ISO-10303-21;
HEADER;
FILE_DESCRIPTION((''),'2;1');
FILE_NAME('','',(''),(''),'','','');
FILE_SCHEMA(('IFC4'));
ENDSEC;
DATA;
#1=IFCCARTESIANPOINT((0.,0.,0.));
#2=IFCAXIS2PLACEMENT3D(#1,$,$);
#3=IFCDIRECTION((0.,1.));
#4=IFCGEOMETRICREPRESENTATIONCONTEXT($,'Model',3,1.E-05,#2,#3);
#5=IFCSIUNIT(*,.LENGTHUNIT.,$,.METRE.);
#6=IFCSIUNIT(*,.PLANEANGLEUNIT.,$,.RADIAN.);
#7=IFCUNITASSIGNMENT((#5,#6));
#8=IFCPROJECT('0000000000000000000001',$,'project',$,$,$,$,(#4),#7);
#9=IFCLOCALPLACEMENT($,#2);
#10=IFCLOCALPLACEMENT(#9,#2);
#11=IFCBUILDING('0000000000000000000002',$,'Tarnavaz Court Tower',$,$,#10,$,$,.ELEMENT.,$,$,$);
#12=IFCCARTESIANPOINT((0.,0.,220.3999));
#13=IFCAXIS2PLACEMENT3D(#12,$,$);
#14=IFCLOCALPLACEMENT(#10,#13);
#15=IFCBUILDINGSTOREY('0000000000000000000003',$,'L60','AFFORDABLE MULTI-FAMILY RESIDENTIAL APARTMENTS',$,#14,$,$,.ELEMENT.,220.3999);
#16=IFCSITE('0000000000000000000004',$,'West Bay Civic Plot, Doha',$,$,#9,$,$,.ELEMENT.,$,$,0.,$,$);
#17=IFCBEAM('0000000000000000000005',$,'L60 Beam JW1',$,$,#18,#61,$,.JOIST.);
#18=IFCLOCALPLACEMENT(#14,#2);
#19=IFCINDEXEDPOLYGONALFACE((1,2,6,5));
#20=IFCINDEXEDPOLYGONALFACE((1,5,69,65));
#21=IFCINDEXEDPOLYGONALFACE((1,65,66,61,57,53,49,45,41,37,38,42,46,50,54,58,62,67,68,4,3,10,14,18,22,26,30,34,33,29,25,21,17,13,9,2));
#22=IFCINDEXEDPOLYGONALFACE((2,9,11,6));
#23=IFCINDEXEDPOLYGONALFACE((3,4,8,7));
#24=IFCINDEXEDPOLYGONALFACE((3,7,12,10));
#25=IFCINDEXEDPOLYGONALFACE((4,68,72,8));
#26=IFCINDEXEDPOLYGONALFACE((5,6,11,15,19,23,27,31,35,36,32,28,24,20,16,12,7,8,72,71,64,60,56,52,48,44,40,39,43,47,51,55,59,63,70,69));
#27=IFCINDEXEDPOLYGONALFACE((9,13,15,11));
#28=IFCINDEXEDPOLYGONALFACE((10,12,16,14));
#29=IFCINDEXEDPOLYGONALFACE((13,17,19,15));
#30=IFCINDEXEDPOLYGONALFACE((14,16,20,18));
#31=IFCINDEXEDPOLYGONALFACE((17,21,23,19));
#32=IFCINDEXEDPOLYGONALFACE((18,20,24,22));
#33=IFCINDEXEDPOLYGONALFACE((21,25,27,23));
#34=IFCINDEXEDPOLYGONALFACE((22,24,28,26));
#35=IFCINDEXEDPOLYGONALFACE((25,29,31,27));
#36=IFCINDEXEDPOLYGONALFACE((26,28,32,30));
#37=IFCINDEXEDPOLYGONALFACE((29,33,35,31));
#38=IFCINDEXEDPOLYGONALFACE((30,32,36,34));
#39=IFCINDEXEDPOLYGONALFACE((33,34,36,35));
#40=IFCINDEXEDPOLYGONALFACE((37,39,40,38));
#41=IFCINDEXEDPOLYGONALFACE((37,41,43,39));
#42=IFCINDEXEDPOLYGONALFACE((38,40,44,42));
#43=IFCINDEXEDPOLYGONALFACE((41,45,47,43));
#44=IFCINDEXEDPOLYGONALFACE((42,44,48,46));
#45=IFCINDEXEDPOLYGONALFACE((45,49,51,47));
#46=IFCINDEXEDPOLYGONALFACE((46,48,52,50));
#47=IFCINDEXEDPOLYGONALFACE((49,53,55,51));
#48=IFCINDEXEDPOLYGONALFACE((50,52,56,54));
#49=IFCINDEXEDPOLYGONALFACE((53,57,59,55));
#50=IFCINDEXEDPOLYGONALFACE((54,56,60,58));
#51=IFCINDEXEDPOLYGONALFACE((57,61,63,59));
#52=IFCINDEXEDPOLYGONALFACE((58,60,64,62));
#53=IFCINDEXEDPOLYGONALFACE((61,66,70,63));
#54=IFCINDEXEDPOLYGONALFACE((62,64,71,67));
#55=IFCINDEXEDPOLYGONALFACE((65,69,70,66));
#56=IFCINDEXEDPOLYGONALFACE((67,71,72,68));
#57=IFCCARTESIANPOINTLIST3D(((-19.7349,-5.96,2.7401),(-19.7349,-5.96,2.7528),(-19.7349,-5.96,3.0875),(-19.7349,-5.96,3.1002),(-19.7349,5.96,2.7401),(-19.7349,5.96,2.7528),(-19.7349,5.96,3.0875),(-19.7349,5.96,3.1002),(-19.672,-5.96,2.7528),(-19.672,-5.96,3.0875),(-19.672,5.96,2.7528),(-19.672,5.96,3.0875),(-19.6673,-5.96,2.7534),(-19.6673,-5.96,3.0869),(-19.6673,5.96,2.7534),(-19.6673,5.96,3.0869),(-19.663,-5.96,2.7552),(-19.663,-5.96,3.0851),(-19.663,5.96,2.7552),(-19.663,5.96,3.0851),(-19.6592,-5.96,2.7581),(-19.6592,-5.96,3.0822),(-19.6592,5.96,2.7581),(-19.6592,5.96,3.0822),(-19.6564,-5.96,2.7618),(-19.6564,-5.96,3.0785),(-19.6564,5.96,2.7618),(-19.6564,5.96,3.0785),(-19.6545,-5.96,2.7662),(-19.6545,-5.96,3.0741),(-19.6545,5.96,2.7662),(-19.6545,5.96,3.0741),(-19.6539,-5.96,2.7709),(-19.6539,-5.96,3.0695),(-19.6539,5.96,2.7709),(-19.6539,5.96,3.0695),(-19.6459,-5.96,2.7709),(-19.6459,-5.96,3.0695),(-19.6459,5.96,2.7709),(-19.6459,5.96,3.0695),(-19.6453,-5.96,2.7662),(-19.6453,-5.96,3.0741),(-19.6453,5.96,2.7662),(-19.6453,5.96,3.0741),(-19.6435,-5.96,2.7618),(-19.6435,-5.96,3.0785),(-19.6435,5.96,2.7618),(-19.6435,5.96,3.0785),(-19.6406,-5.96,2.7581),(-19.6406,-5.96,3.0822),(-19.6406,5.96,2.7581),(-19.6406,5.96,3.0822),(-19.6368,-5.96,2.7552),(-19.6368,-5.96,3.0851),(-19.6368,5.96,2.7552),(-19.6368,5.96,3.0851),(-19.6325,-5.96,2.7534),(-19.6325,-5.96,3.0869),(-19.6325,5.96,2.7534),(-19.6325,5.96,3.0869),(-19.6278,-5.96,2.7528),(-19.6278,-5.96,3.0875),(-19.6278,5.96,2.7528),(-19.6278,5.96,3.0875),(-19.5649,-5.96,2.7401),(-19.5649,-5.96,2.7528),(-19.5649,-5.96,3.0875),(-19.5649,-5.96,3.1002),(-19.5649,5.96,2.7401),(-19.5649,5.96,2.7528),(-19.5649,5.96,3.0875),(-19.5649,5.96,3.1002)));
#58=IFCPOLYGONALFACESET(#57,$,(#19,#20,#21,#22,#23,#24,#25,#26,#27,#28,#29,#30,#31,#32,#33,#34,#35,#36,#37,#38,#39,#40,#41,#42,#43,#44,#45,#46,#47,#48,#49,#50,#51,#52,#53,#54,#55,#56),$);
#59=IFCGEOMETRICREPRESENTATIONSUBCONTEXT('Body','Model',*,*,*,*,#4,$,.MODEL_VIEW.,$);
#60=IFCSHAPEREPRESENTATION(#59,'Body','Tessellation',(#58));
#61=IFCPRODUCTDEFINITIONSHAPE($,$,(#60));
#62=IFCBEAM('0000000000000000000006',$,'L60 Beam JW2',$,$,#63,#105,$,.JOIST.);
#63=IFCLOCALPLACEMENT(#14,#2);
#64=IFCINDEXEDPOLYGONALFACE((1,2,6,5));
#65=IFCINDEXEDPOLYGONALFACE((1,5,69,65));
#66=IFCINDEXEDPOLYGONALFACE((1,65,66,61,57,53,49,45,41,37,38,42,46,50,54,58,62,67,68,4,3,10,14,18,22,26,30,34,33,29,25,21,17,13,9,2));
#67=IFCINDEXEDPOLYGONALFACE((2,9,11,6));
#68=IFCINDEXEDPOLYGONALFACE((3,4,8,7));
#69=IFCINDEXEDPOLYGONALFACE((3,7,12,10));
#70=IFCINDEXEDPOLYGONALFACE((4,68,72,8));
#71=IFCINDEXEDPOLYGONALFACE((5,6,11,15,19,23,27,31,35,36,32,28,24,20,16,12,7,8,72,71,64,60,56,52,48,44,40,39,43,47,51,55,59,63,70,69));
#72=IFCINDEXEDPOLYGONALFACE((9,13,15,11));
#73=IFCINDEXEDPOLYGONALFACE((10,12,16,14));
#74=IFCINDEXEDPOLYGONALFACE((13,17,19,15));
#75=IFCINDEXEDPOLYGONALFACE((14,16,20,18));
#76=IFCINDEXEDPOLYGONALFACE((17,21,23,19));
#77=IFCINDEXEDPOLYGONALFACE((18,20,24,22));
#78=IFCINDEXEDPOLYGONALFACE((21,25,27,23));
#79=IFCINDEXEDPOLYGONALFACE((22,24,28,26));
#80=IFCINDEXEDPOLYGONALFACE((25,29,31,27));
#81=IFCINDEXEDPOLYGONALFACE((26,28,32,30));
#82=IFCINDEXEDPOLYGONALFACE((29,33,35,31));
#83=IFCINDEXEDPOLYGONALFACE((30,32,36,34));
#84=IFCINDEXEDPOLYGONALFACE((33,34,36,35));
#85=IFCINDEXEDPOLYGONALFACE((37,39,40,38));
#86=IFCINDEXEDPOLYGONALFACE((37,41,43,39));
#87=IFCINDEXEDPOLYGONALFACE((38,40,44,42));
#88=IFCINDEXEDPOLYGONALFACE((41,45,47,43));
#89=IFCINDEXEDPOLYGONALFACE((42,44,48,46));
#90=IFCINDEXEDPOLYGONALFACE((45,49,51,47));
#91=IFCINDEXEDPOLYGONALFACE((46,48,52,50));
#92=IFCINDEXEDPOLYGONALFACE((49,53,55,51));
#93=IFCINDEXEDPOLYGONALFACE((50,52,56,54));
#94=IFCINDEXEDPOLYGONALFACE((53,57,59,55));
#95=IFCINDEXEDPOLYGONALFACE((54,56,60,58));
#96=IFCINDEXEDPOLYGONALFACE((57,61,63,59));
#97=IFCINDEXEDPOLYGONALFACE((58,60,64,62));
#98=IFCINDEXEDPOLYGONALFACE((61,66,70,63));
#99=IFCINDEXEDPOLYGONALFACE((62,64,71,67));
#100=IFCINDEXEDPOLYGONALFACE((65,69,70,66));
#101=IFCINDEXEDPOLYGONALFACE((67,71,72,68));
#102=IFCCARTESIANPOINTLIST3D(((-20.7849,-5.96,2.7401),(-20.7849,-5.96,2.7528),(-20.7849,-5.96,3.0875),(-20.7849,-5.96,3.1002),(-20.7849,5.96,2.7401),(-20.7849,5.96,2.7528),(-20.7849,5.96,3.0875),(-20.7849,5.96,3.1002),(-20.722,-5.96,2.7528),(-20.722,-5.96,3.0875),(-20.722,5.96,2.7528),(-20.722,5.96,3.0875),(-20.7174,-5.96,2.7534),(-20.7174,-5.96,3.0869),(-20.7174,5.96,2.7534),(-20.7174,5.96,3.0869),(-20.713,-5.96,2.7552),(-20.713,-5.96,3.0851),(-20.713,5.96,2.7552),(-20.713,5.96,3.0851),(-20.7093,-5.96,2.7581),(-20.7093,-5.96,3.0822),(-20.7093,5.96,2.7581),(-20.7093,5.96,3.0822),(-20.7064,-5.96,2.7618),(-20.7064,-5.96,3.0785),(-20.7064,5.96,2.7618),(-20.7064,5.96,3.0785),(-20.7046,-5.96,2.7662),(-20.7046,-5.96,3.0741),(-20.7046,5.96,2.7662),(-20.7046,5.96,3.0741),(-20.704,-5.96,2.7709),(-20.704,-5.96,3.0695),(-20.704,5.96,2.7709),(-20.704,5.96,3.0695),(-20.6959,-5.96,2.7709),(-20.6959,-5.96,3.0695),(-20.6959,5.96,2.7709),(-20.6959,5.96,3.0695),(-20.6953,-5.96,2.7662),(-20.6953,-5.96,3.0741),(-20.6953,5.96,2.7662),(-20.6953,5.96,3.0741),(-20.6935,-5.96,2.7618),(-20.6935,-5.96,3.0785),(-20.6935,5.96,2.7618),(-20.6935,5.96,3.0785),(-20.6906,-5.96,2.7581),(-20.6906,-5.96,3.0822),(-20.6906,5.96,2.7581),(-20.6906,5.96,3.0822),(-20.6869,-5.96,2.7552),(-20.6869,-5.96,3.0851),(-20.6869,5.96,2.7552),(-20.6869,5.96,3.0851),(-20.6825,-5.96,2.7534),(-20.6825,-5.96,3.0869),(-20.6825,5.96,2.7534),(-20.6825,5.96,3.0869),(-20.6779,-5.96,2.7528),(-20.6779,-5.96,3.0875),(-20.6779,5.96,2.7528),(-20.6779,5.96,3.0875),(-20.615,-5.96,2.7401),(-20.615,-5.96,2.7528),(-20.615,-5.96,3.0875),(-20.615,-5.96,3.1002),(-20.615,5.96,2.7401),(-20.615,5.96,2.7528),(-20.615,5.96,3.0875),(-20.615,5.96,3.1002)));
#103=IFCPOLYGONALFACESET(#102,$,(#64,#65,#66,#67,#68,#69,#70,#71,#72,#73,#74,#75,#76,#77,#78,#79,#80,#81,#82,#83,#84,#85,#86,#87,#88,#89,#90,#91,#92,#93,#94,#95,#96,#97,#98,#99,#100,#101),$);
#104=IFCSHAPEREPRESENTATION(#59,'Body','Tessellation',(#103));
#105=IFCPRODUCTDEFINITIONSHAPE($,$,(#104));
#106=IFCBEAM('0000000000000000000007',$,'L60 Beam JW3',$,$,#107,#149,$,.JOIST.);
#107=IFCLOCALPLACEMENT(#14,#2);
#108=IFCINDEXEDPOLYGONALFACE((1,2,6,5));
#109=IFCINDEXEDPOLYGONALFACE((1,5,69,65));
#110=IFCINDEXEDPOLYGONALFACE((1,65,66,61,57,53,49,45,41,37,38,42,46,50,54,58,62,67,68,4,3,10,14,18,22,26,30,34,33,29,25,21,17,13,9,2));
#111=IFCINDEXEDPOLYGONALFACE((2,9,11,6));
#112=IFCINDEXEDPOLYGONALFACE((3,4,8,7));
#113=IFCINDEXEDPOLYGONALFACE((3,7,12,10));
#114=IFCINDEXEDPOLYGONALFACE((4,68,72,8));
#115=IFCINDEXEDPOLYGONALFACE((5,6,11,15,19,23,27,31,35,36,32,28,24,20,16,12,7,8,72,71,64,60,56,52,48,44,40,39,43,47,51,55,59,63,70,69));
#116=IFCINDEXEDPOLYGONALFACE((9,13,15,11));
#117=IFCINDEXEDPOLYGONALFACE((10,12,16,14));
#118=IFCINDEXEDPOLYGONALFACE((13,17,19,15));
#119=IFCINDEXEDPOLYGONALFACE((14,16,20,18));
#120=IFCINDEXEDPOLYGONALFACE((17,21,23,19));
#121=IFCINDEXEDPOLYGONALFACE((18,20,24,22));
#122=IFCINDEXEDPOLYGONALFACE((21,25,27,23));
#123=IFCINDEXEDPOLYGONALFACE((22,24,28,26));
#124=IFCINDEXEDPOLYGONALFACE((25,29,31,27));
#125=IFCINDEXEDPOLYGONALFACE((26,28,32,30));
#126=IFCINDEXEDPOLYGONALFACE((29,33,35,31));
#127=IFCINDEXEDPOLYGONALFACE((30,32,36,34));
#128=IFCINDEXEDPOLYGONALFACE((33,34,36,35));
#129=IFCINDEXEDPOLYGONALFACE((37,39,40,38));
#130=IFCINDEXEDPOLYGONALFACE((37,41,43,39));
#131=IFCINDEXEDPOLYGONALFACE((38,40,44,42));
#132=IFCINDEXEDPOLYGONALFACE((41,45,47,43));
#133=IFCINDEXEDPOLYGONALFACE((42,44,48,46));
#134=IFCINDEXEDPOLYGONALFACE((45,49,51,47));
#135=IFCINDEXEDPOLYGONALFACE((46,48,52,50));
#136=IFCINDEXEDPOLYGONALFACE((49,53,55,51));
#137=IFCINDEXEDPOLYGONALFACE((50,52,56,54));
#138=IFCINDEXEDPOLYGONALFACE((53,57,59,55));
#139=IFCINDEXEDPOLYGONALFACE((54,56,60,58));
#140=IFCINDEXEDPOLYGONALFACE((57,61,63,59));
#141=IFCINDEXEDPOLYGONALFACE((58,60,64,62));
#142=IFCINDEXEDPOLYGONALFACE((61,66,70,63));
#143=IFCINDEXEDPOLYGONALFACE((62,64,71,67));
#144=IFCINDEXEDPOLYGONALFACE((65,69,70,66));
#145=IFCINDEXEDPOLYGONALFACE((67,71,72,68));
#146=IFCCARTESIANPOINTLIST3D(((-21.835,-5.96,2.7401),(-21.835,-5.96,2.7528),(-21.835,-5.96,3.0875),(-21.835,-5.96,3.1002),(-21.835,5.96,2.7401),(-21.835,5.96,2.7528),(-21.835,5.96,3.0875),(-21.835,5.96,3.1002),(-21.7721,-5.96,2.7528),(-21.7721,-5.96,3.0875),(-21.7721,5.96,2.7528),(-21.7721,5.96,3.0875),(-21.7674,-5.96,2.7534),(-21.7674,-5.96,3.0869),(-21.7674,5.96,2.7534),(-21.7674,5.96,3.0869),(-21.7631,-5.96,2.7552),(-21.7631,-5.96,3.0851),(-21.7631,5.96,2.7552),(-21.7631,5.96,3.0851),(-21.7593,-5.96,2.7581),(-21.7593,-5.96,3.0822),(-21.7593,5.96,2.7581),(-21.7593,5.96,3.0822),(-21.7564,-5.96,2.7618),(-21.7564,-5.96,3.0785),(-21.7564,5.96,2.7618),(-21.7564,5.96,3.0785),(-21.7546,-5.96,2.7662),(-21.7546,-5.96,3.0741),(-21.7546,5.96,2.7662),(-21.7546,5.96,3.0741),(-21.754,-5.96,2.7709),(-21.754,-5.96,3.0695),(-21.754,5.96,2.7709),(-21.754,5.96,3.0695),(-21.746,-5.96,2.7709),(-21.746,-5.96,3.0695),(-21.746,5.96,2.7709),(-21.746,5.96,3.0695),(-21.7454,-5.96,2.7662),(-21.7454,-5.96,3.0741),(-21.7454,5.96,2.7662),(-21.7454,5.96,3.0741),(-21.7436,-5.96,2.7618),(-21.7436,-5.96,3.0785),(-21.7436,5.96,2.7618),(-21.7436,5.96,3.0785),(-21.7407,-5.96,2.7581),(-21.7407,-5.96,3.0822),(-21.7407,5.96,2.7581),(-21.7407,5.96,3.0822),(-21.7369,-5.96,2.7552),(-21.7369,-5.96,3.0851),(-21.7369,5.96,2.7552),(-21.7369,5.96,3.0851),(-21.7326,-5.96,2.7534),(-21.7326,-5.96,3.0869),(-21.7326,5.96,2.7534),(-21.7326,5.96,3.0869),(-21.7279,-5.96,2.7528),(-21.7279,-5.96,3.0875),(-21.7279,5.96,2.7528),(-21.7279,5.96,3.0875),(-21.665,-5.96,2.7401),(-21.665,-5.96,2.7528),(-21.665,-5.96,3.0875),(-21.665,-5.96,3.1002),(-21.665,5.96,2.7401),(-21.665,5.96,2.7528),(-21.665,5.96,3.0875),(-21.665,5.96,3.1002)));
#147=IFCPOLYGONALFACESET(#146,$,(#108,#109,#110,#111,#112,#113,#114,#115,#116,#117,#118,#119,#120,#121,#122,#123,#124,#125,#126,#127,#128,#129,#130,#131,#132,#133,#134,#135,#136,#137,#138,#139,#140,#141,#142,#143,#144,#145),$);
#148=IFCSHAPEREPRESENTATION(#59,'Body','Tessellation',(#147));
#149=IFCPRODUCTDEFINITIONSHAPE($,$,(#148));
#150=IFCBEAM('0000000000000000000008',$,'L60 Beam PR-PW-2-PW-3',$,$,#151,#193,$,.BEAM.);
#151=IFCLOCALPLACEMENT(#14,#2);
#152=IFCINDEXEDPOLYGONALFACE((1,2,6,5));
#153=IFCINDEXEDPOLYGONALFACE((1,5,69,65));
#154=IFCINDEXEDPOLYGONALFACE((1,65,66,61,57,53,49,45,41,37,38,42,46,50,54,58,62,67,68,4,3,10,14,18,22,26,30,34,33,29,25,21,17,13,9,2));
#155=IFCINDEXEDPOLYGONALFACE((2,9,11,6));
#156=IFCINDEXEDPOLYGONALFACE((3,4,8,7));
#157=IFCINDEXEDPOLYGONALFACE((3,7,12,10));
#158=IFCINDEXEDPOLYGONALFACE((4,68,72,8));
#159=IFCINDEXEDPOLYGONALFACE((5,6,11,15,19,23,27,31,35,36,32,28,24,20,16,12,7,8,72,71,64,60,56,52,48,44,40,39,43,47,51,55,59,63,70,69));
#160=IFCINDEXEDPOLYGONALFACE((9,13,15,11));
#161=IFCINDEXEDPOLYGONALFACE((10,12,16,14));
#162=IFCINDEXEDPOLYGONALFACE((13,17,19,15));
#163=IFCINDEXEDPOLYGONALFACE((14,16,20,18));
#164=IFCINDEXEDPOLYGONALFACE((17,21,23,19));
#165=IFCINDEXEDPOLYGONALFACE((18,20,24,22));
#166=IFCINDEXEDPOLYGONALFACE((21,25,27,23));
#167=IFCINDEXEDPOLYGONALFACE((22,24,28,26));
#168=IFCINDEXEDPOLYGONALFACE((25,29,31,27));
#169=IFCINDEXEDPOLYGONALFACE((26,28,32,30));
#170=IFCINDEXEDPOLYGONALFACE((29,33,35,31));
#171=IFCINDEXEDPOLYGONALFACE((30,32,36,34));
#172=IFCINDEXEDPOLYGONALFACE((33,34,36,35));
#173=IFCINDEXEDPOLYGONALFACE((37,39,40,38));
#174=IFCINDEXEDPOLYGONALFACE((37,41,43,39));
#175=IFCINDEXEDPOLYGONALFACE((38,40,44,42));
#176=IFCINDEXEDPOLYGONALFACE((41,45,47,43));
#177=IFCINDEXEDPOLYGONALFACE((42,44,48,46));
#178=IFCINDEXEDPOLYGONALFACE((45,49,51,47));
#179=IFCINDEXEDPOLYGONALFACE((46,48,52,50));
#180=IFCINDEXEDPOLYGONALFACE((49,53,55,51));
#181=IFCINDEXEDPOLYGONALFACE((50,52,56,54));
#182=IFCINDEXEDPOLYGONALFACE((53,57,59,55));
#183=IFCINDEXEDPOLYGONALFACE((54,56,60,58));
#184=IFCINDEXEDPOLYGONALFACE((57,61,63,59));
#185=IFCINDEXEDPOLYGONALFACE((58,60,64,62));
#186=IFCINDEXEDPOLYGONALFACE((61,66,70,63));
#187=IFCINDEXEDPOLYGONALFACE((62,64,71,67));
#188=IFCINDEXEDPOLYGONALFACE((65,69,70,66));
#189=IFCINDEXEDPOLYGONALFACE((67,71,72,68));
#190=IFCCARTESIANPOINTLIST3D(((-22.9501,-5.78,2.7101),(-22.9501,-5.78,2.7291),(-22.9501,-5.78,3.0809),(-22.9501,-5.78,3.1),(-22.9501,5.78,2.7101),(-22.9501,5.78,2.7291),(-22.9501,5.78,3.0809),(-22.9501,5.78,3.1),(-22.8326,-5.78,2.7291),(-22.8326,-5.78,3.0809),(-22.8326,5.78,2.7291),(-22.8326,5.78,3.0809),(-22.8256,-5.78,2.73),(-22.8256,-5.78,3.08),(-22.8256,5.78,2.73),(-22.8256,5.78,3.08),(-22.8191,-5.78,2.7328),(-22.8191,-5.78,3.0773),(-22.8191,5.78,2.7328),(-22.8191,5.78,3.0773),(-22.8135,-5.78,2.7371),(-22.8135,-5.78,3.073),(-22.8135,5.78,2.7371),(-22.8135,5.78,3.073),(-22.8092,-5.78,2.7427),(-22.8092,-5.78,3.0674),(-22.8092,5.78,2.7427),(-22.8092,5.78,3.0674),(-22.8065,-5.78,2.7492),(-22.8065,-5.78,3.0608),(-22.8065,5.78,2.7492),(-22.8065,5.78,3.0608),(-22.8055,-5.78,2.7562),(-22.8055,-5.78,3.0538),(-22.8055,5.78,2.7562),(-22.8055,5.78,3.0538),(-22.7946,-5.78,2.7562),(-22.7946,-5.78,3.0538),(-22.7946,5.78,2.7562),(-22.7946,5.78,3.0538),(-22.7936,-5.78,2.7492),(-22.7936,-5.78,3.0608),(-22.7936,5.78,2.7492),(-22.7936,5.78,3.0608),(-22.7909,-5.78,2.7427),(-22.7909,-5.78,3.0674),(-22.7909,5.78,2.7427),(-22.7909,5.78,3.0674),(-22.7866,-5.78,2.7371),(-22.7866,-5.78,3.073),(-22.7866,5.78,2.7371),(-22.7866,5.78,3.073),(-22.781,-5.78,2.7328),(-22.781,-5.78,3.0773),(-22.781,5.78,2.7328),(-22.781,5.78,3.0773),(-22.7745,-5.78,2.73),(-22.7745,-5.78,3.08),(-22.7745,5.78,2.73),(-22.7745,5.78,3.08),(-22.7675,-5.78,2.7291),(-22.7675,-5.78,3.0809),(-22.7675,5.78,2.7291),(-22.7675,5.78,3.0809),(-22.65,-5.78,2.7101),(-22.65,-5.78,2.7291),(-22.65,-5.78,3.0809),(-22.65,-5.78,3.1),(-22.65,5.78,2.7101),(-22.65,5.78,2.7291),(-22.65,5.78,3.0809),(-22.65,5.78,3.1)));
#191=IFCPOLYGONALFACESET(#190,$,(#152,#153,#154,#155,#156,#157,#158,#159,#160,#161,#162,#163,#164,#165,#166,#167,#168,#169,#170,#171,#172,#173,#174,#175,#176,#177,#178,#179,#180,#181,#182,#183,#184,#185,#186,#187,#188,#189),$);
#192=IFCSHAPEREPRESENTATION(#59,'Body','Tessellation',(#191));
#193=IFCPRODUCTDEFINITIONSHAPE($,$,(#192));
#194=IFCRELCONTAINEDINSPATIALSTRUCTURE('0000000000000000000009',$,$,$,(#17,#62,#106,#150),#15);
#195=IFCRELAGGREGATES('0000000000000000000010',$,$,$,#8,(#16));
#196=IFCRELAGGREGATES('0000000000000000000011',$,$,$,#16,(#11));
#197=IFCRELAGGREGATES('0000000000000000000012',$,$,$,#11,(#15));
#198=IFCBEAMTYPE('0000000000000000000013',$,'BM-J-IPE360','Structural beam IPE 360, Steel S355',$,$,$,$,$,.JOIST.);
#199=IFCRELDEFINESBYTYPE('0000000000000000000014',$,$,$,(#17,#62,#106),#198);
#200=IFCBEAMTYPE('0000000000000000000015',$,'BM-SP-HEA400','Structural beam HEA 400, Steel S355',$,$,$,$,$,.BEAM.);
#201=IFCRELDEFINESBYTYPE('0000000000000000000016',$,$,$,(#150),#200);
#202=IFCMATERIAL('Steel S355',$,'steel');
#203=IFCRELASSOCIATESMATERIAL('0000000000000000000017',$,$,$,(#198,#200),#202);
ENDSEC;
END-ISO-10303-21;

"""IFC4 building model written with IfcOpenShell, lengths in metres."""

from ifc_helpers import new_model, si_unit, direction, frame, origin, origin_2d, place, context, subcontext, project, spatial, i_section, extrude, material, material_profile, profile_set, type_object, element, save


model = new_model("IFC4")

# Units and contexts
model_context = context("Model", 3, precision=1e-05, world=origin(), true_north=direction((0.0, 1.0)))
body_context = subcontext(model_context, "Body", "Model", "MODEL_VIEW")
ifc_project = project(units=[si_unit("LENGTHUNIT", "METRE"), si_unit("PLANEANGLEUNIT", "RADIAN")], contexts=[model_context])

# Site, building, storey
site_placement = place(None, origin())
site = spatial("IfcSite", under=ifc_project, at=site_placement, Name="West Bay Civic Plot, Doha", CompositionType="ELEMENT", RefElevation=0.0)
building_placement = place(site_placement, origin())
building = spatial("IfcBuilding", under=site, at=building_placement, Name="Tarnavaz Court Tower", CompositionType="ELEMENT")
storey_placement = place(building_placement, frame((0.0, 0.0, 220.3999)))
storey = spatial("IfcBuildingStorey", under=building, at=storey_placement, Name="L60", Description="AFFORDABLE MULTI-FAMILY RESIDENTIAL APARTMENTS", CompositionType="ELEMENT", Elevation=220.3999)

# Beams
ifc_material_1 = material(Name="Steel S355", Category="steel")
ifc_material_profile_1 = material_profile(ifc_material_1, i_section(OverallWidth=0.1699, OverallDepth=0.3601, WebThickness=0.0081, FlangeThickness=0.0127, FilletRadius=0.0181, at=origin_2d()), Name="IPE 360")
ifc_profile_set_1 = profile_set([ifc_material_profile_1], Name="Steel S355")
beam_type_1 = type_object("IfcBeamType", Name="BM-J-IPE360", Description="Structural beam IPE 360, Steel S355", PredefinedType="JOIST", material=ifc_profile_set_1)
for number, where, z_axis, x_axis, name in (
    (1, (-19.6499, -5.96, 2.9202), (0.0, 1.0, 0.0), (-1.0, 0.0, 0.0), "L60 Beam JW1"),
    (2, (-20.7, -5.96, 2.9202), (0.0, 1.0, 0.0), (-1.0, 0.0, 0.0), "L60 Beam JW2"),
    (3, (-21.75, -5.96, 2.9202), (0.0, 1.0, 0.0), (-1.0, 0.0, 0.0), "L60 Beam JW3"),
):
    element("IfcBeam", number, at=place(storey_placement, frame(where, z_axis=z_axis, x_axis=x_axis)), inside=storey, type_object=beam_type_1, Name=name, PredefinedType="JOIST", context=body_context, shape_type="SweptSolid", body=[
        extrude(i_section(OverallWidth=0.1699, OverallDepth=0.3601, WebThickness=0.0081, FlangeThickness=0.0127, FilletRadius=0.0181, at=origin_2d()), origin(), (0.0, 0.0, 1.0), 11.9199),
    ])
ifc_material_profile_2 = material_profile(ifc_material_1, i_section(OverallWidth=0.3, OverallDepth=0.3899, WebThickness=0.011, FlangeThickness=0.019, FilletRadius=0.0271, at=origin_2d()), Name="HEA 400")
ifc_profile_set_2 = profile_set([ifc_material_profile_2], Name="Steel S355")
beam_type_2 = type_object("IfcBeamType", Name="BM-SP-HEA400", Description="Structural beam HEA 400, Steel S355", PredefinedType="BEAM", material=ifc_profile_set_2)
beam_1_placement = place(storey_placement, frame((-22.8, -5.78, 2.905), z_axis=(0.0, 1.0, 0.0), x_axis=(-1.0, 0.0, 0.0)))
element("IfcBeam", 4, at=beam_1_placement, inside=storey, type_object=beam_type_2, Name="L60 Beam PR-PW-2-PW-3", PredefinedType="BEAM", context=body_context, shape_type="SweptSolid", body=[
    extrude(i_section(OverallWidth=0.3, OverallDepth=0.3899, WebThickness=0.011, FlangeThickness=0.019, FilletRadius=0.0271, at=origin_2d()), origin(), (0.0, 0.0, 1.0), 11.5601),
])

save(model, "model.ifc")
